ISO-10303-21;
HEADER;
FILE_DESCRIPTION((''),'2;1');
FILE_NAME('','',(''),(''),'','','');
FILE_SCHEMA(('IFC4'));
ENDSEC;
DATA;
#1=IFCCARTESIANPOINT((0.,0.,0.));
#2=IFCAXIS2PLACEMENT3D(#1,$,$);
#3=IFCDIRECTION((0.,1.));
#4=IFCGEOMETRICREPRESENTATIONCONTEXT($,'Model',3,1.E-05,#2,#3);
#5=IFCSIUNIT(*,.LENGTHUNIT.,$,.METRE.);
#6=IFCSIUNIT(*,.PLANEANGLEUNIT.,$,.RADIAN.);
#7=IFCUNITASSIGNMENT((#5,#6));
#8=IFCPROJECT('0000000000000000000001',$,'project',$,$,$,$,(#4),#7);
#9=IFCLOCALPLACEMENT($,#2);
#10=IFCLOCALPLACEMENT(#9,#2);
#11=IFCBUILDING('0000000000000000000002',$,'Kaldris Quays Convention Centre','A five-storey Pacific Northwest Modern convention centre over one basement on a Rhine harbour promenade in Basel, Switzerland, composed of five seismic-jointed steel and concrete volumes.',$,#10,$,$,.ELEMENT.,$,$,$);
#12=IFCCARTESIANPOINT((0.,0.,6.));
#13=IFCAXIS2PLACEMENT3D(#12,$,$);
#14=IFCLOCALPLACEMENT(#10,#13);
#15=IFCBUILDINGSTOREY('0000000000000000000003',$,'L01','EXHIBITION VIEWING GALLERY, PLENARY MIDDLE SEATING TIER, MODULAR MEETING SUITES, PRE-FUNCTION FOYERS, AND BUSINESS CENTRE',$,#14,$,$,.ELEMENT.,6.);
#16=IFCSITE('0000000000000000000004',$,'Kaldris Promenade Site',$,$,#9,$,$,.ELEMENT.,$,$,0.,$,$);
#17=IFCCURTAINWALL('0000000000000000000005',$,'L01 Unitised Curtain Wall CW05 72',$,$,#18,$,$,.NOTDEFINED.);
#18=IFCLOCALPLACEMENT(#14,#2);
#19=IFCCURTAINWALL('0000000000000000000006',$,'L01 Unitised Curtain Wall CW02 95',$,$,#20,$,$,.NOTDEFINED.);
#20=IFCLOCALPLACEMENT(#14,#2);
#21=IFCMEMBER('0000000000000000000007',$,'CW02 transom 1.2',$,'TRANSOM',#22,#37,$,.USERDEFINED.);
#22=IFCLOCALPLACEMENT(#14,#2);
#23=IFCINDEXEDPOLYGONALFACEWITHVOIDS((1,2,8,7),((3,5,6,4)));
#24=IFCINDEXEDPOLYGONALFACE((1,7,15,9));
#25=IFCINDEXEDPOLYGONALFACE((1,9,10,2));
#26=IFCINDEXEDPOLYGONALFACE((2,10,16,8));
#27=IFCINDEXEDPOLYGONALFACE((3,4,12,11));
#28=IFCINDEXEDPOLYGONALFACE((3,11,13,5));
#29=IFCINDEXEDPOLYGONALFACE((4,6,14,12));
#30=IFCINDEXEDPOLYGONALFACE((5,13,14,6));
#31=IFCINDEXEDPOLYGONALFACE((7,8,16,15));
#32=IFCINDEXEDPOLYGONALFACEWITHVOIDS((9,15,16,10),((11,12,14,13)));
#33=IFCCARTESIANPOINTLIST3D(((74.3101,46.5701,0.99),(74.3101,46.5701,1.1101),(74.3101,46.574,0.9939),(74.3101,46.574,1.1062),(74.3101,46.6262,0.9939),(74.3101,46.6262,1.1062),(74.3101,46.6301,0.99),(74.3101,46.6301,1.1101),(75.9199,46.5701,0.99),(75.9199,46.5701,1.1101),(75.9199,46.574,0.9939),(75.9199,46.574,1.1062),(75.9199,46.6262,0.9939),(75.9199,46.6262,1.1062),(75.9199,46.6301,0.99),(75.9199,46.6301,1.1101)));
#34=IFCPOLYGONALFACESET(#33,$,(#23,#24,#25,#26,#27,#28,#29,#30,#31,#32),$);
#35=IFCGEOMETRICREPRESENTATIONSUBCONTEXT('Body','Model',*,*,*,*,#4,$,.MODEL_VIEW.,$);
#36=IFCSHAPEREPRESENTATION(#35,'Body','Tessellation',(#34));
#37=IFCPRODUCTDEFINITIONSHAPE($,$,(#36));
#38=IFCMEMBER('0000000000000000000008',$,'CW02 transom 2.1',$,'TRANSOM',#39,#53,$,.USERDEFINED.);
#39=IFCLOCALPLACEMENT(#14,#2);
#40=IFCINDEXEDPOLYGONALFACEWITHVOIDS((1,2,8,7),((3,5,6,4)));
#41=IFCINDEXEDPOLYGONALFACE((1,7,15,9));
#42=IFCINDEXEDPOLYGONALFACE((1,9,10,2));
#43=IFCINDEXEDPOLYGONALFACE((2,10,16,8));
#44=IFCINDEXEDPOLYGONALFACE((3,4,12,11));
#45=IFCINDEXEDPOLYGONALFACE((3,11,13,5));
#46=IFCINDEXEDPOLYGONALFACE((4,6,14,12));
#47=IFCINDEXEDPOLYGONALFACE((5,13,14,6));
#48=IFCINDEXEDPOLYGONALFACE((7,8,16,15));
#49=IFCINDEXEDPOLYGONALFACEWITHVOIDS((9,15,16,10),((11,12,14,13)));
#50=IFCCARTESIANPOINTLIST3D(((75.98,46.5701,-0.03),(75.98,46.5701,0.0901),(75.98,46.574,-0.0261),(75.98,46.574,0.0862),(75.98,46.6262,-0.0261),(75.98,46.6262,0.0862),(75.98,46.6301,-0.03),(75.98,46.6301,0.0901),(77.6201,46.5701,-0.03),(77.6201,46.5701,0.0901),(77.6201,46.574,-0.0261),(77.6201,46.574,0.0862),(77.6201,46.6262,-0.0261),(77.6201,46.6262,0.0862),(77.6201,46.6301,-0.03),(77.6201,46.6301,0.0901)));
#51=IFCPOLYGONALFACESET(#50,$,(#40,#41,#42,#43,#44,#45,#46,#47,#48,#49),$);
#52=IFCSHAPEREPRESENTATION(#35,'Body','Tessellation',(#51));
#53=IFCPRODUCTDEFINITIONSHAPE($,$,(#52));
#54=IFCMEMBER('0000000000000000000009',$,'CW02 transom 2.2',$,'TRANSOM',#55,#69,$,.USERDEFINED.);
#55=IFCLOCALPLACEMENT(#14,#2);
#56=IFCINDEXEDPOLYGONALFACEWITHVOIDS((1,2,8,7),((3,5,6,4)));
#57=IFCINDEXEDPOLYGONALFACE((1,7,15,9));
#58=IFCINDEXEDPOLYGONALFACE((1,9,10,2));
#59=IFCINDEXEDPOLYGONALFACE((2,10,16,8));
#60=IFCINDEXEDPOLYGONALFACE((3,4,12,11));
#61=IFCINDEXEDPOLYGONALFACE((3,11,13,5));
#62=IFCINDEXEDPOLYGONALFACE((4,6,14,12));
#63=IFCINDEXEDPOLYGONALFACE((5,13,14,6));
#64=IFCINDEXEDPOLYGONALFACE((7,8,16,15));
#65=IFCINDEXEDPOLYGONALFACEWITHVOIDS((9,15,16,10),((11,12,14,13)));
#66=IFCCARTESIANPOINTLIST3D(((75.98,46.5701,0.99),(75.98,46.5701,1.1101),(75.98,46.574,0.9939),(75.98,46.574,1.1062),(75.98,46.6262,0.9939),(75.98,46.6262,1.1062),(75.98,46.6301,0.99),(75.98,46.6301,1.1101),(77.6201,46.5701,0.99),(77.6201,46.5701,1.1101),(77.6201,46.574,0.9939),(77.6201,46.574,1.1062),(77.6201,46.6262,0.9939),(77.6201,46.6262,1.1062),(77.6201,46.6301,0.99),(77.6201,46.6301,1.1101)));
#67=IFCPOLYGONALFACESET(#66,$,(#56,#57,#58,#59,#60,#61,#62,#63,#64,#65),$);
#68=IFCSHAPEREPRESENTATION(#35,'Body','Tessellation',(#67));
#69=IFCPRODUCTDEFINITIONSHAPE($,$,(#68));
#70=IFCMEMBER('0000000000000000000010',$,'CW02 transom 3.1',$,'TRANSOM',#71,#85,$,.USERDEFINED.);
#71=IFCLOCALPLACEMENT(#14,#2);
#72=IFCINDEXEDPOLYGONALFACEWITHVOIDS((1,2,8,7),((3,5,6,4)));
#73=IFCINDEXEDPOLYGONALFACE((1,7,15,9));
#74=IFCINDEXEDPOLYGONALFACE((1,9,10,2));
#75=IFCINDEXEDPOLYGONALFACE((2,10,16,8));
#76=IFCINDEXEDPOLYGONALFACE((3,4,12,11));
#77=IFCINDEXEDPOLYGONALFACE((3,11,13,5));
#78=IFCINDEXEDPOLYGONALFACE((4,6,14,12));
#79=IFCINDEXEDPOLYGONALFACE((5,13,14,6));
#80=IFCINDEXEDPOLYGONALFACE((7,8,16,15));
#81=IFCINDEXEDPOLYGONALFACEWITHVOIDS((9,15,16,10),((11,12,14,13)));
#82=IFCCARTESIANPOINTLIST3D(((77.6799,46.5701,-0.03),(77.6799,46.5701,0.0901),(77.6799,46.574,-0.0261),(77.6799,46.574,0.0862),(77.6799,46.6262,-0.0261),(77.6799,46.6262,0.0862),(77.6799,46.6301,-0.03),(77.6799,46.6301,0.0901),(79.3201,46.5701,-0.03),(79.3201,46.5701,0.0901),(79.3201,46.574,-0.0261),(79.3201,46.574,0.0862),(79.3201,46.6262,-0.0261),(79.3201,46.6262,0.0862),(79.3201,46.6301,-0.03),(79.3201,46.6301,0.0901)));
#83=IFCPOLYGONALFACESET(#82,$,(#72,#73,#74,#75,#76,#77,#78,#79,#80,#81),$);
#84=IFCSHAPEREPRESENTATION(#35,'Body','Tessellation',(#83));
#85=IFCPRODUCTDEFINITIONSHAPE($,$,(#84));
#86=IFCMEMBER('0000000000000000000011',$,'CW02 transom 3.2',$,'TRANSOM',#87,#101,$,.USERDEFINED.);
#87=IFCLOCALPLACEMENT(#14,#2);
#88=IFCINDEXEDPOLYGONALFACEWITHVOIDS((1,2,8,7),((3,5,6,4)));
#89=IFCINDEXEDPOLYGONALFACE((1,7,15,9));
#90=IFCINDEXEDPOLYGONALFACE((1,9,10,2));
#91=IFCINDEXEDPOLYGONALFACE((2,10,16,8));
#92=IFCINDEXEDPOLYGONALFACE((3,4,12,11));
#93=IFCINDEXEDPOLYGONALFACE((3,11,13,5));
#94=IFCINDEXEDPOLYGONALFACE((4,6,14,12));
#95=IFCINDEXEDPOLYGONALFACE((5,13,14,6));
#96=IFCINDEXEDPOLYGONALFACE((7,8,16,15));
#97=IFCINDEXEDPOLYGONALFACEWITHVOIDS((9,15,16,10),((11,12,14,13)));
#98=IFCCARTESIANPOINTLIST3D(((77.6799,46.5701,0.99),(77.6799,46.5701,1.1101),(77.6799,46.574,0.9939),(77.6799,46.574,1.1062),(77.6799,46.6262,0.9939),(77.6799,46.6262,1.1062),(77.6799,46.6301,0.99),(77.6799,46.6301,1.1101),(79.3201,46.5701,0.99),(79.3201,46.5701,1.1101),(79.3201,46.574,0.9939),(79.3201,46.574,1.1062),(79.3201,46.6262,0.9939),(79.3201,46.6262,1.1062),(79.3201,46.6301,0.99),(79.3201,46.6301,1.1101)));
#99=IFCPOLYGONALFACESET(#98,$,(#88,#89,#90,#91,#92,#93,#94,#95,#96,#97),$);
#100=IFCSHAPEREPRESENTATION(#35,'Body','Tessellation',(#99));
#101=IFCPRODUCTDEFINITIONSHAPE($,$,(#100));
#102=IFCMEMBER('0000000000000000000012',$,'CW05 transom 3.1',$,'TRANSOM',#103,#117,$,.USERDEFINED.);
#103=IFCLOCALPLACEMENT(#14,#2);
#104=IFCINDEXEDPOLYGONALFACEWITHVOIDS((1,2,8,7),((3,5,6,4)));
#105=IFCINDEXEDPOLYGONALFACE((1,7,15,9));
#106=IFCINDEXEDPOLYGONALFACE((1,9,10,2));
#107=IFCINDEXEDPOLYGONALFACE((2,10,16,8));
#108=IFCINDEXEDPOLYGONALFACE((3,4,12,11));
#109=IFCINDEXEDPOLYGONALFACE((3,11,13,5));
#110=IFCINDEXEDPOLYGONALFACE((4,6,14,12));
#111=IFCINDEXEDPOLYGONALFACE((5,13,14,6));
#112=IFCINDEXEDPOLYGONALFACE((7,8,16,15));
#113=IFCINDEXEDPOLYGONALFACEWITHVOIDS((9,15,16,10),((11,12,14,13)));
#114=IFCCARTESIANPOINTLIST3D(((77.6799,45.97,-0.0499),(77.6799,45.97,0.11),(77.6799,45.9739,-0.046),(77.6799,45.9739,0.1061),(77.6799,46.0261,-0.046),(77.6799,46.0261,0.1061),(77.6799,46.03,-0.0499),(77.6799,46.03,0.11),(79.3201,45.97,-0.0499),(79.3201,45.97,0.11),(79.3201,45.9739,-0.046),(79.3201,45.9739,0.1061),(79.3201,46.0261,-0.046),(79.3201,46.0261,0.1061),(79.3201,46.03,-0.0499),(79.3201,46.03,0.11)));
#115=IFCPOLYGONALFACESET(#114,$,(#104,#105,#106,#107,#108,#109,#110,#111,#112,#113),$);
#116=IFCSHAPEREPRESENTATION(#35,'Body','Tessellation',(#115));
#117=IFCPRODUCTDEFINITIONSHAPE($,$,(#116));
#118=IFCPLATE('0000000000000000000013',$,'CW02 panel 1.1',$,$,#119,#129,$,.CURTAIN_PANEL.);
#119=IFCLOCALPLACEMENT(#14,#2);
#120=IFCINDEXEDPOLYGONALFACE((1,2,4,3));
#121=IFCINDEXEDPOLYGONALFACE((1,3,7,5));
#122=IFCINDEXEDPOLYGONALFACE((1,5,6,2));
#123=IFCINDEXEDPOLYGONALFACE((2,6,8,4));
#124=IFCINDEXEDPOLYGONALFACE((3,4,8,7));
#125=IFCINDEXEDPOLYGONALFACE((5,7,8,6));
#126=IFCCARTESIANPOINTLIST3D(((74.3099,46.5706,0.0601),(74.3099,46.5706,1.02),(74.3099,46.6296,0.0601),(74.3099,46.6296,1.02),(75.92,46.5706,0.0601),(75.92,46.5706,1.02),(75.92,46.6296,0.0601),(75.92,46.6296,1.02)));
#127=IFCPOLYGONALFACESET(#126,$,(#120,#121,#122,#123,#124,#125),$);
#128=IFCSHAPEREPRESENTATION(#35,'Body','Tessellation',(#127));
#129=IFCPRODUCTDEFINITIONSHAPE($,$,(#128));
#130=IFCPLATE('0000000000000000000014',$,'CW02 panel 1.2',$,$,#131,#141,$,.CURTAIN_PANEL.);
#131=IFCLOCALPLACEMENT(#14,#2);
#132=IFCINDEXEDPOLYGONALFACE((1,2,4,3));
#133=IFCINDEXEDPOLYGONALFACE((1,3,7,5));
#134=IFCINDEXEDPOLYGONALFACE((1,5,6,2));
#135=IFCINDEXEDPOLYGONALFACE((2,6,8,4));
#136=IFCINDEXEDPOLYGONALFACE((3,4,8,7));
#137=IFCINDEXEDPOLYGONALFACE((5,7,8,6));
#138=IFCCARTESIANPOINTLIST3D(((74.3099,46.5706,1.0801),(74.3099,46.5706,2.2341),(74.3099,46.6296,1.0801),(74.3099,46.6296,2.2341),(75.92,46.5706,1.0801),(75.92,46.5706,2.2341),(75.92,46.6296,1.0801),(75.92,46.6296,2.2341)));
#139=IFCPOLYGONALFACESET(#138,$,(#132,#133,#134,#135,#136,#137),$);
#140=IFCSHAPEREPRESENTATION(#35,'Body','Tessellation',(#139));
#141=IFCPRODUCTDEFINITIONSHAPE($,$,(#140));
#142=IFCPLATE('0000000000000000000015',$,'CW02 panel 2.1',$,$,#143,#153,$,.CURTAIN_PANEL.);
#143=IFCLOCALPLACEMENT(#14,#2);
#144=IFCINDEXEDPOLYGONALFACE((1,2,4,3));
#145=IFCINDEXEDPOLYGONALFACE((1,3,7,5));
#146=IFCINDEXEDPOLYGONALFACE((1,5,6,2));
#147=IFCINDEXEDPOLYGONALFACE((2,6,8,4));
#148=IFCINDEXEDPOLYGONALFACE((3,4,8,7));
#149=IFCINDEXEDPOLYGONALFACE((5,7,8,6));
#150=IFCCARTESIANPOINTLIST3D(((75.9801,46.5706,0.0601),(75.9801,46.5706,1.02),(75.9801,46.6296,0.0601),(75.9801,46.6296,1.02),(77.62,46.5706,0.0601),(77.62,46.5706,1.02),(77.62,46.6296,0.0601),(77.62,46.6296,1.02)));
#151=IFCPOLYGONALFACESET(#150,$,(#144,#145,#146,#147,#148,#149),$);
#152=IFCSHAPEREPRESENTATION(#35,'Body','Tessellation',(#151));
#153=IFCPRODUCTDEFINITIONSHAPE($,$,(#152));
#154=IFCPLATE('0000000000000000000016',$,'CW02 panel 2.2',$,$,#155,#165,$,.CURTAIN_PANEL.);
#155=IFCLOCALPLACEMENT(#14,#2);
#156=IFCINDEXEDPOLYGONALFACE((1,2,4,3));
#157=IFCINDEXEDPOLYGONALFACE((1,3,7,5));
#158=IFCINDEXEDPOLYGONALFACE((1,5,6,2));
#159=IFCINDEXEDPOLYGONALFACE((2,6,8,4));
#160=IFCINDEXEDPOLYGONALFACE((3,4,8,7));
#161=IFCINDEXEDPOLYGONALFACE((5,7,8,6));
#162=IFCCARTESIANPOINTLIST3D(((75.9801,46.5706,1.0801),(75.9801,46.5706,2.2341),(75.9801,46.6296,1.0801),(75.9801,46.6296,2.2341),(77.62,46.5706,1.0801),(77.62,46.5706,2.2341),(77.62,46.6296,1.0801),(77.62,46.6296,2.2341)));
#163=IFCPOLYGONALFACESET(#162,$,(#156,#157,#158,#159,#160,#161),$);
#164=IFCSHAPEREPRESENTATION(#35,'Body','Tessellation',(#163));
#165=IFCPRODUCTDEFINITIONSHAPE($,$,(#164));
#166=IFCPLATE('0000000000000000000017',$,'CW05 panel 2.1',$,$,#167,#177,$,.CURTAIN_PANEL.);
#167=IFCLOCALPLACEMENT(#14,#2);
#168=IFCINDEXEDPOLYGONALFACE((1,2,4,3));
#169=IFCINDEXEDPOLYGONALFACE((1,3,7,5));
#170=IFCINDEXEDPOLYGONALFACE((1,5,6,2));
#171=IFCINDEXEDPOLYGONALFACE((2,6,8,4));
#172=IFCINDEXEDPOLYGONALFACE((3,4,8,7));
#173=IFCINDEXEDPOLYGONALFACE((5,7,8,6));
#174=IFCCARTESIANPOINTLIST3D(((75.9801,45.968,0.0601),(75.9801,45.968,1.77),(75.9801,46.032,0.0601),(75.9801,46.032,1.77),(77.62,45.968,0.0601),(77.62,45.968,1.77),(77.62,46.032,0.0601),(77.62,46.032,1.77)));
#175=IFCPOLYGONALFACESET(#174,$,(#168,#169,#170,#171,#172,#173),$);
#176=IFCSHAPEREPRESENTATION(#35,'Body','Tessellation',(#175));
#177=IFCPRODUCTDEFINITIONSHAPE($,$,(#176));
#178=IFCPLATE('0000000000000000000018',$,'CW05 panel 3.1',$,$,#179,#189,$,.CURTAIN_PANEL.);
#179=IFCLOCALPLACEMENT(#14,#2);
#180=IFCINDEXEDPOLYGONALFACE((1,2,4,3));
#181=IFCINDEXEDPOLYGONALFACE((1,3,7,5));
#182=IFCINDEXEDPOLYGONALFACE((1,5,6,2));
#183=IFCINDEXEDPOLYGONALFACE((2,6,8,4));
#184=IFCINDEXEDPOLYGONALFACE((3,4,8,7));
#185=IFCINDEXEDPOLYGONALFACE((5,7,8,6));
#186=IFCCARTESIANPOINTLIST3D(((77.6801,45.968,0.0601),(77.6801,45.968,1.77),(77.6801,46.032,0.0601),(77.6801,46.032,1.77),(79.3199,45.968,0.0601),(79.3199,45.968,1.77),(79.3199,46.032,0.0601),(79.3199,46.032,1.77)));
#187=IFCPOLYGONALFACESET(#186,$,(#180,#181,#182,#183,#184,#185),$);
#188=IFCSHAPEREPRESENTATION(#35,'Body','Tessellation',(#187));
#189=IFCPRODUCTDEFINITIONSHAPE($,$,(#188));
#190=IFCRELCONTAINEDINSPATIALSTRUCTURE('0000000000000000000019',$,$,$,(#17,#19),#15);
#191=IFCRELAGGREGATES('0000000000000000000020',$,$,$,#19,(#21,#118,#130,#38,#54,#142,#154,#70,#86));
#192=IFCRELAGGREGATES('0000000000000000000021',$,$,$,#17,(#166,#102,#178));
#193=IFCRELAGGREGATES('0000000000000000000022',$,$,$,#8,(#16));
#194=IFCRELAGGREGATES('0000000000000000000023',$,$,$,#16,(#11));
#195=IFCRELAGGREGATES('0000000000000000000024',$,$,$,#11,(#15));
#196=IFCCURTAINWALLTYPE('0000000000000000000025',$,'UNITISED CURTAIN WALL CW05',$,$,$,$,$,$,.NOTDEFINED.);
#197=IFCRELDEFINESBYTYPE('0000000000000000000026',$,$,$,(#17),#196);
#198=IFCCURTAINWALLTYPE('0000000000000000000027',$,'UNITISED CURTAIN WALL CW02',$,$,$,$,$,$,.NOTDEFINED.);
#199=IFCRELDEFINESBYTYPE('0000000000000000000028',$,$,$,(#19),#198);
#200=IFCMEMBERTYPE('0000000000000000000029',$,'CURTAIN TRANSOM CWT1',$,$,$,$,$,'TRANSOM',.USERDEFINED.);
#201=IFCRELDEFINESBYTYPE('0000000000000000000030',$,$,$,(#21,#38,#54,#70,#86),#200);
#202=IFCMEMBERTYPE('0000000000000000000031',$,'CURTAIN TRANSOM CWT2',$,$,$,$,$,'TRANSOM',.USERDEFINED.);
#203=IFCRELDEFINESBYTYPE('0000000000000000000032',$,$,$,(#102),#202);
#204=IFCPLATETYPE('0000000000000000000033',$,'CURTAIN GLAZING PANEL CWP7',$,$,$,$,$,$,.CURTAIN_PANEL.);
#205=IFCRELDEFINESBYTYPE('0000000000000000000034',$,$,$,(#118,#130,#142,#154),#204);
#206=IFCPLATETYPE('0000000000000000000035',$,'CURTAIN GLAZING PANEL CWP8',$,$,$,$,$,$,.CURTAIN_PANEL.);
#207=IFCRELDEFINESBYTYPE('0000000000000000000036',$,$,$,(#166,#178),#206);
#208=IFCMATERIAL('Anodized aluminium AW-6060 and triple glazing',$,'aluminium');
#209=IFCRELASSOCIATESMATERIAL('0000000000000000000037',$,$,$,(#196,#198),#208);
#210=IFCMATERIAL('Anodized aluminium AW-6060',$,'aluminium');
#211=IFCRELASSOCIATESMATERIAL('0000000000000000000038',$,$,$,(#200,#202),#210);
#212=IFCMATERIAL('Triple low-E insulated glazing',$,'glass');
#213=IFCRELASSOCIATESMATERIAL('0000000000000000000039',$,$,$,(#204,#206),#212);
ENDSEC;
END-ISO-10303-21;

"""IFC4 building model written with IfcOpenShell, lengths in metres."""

from ifc_helpers import new_model, si_unit, direction, frame, origin, origin_2d, place, context, subcontext, project, spatial, rectangle, hollow_rectangle, extrude, material, material_profile, profile_set, type_object, element, aggregate, save


model = new_model("IFC4")

# Units and contexts
model_context = context("Model", 3, precision=1e-05, world=origin(), true_north=direction((0.0, 1.0)))
body_context = subcontext(model_context, "Body", "Model", "MODEL_VIEW")
ifc_project = project(units=[si_unit("LENGTHUNIT", "METRE"), si_unit("PLANEANGLEUNIT", "RADIAN")], contexts=[model_context])

# Site, building, storey
site_placement = place(None, origin())
site = spatial("IfcSite", under=ifc_project, at=site_placement, Name="Kaldris Promenade Site", CompositionType="ELEMENT", RefElevation=0.0)
building_placement = place(site_placement, origin())
building = spatial("IfcBuilding", under=site, at=building_placement, Name="Kaldris Quays Convention Centre", Description="A five-storey Pacific Northwest Modern convention centre over one basement on a Rhine harbour promenade in Basel, Switzerland, composed of five seismic-jointed steel and concrete volumes.", CompositionType="ELEMENT")
storey_placement = place(building_placement, frame((0.0, 0.0, 6.0)))
storey = spatial("IfcBuildingStorey", under=building, at=storey_placement, Name="L01", Description="EXHIBITION VIEWING GALLERY, PLENARY MIDDLE SEATING TIER, MODULAR MEETING SUITES, PRE-FUNCTION FOYERS, AND BUSINESS CENTRE", CompositionType="ELEMENT", Elevation=6.0)

# Curtain wall
ifc_material_1 = material(Name="Anodized aluminium AW-6060 and triple glazing", Category="aluminium")
curtain_wall_type_1 = type_object("IfcCurtainWallType", Name="UNITISED CURTAIN WALL CW05", PredefinedType="NOTDEFINED", material=ifc_material_1)
curtain_wall_1_placement = place(storey_placement, origin())
curtain_wall_1 = element("IfcCurtainWall", 1, at=curtain_wall_1_placement, inside=storey, type_object=curtain_wall_type_1, Name="L01 Unitised Curtain Wall CW05 72", PredefinedType="NOTDEFINED")
ifc_material_2 = material(Name="Anodized aluminium AW-6060", Category="aluminium")

# Curtain wall, members
curtain_wall_type_2 = type_object("IfcCurtainWallType", Name="UNITISED CURTAIN WALL CW02", PredefinedType="NOTDEFINED", material=ifc_material_1)
curtain_wall_2_placement = place(storey_placement, origin())
curtain_wall_2 = element("IfcCurtainWall", 2, at=curtain_wall_2_placement, inside=storey, type_object=curtain_wall_type_2, Name="L01 Unitised Curtain Wall CW02 95", PredefinedType="NOTDEFINED")
ifc_material_profile_1 = material_profile(ifc_material_2, hollow_rectangle(XDim=0.0601, YDim=0.1201, WallThickness=0.0039, at=origin_2d()), Name="RHS 120x60x4")
ifc_profile_set_1 = profile_set([ifc_material_profile_1], Name="Anodized aluminium AW-6060")
member_type_1 = type_object("IfcMemberType", Name="CURTAIN TRANSOM CWT1", ElementType="TRANSOM", PredefinedType="USERDEFINED", material=ifc_profile_set_1)
member_1_placement = place(storey_placement, frame((74.3101, 46.6001, 1.05), z_axis=(1.0, 0.0, 0.0), x_axis=(0.0, 1.0, 0.0)))
member_1 = element("IfcMember", 3, at=member_1_placement, type_object=member_type_1, Name="CW02 transom 1.2", ObjectType="TRANSOM", PredefinedType="USERDEFINED", context=body_context, shape_type="SweptSolid", body=[
    extrude(hollow_rectangle(XDim=0.0601, YDim=0.1201, WallThickness=0.0039, at=origin_2d()), origin(), (0.0, 0.0, 1.0), 1.6099),
])
member_2_placement = place(storey_placement, frame((75.98, 46.6001, 0.03), z_axis=(1.0, 0.0, 0.0), x_axis=(0.0, 1.0, 0.0)))
member_2 = element("IfcMember", 4, at=member_2_placement, type_object=member_type_1, Name="CW02 transom 2.1", ObjectType="TRANSOM", PredefinedType="USERDEFINED", context=body_context, shape_type="SweptSolid", body=[
    extrude(hollow_rectangle(XDim=0.0601, YDim=0.1201, WallThickness=0.0039, at=origin_2d()), origin(), (0.0, 0.0, 1.0), 1.6401),
])
member_3_placement = place(storey_placement, frame((75.98, 46.6001, 1.05), z_axis=(1.0, 0.0, 0.0), x_axis=(0.0, 1.0, 0.0)))
member_3 = element("IfcMember", 5, at=member_3_placement, type_object=member_type_1, Name="CW02 transom 2.2", ObjectType="TRANSOM", PredefinedType="USERDEFINED", context=body_context, shape_type="SweptSolid", body=[
    extrude(hollow_rectangle(XDim=0.0601, YDim=0.1201, WallThickness=0.0039, at=origin_2d()), origin(), (0.0, 0.0, 1.0), 1.6401),
])
member_4_placement = place(storey_placement, frame((77.6799, 46.6001, 0.03), z_axis=(1.0, 0.0, 0.0), x_axis=(0.0, 1.0, 0.0)))
member_4 = element("IfcMember", 6, at=member_4_placement, type_object=member_type_1, Name="CW02 transom 3.1", ObjectType="TRANSOM", PredefinedType="USERDEFINED", context=body_context, shape_type="SweptSolid", body=[
    extrude(hollow_rectangle(XDim=0.0601, YDim=0.1201, WallThickness=0.0039, at=origin_2d()), origin(), (0.0, 0.0, 1.0), 1.6401),
])
member_5_placement = place(storey_placement, frame((77.6799, 46.6001, 1.05), z_axis=(1.0, 0.0, 0.0), x_axis=(0.0, 1.0, 0.0)))
member_5 = element("IfcMember", 7, at=member_5_placement, type_object=member_type_1, Name="CW02 transom 3.2", ObjectType="TRANSOM", PredefinedType="USERDEFINED", context=body_context, shape_type="SweptSolid", body=[
    extrude(hollow_rectangle(XDim=0.0601, YDim=0.1201, WallThickness=0.0039, at=origin_2d()), origin(), (0.0, 0.0, 1.0), 1.6401),
])

# Member
ifc_material_profile_2 = material_profile(ifc_material_2, hollow_rectangle(XDim=0.0601, YDim=0.1599, WallThickness=0.0039, at=origin_2d()), Name="RHS 160x60x4")
ifc_profile_set_2 = profile_set([ifc_material_profile_2], Name="Anodized aluminium AW-6060")
member_type_2 = type_object("IfcMemberType", Name="CURTAIN TRANSOM CWT2", ElementType="TRANSOM", PredefinedType="USERDEFINED", material=ifc_profile_set_2)
member_6_placement = place(storey_placement, frame((77.6799, 46.0, 0.03), z_axis=(1.0, 0.0, 0.0), x_axis=(0.0, 1.0, 0.0)))
member_6 = element("IfcMember", 8, at=member_6_placement, type_object=member_type_2, Name="CW05 transom 3.1", ObjectType="TRANSOM", PredefinedType="USERDEFINED", context=body_context, shape_type="SweptSolid", body=[
    extrude(hollow_rectangle(XDim=0.0601, YDim=0.1599, WallThickness=0.0039, at=origin_2d()), origin(), (0.0, 0.0, 1.0), 1.6401),
])

# Plates
ifc_material_3 = material(Name="Triple low-E insulated glazing", Category="glass")
plate_type_1 = type_object("IfcPlateType", Name="CURTAIN GLAZING PANEL CWP7", PredefinedType="CURTAIN_PANEL", material=ifc_material_3)
plate_1_placement = place(storey_placement, frame((75.115, 46.6001, 0.0601), z_axis=(0.0, 0.0, 1.0), x_axis=(1.0, 0.0, 0.0)))
plate_1 = element("IfcPlate", 9, at=plate_1_placement, type_object=plate_type_1, Name="CW02 panel 1.1", PredefinedType="CURTAIN_PANEL", context=body_context, shape_type="SweptSolid", body=[
    extrude(rectangle(XDim=1.6101, YDim=0.0591, at=origin_2d()), origin(), (0.0, 0.0, 1.0), 0.96),
])
plate_2_placement = place(storey_placement, frame((75.115, 46.6001, 1.0801), z_axis=(0.0, 0.0, 1.0), x_axis=(1.0, 0.0, 0.0)))
plate_2 = element("IfcPlate", 10, at=plate_2_placement, type_object=plate_type_1, Name="CW02 panel 1.2", PredefinedType="CURTAIN_PANEL", context=body_context, shape_type="SweptSolid", body=[
    extrude(rectangle(XDim=1.6101, YDim=0.0591, at=origin_2d()), origin(), (0.0, 0.0, 1.0), 1.1541),
])
plate_3_placement = place(storey_placement, frame((76.8, 46.6001, 0.0601), z_axis=(0.0, 0.0, 1.0), x_axis=(1.0, 0.0, 0.0)))
plate_3 = element("IfcPlate", 11, at=plate_3_placement, type_object=plate_type_1, Name="CW02 panel 2.1", PredefinedType="CURTAIN_PANEL", context=body_context, shape_type="SweptSolid", body=[
    extrude(rectangle(XDim=1.6399, YDim=0.0591, at=origin_2d()), origin(), (0.0, 0.0, 1.0), 0.96),
])
plate_4_placement = place(storey_placement, frame((76.8, 46.6001, 1.0801), z_axis=(0.0, 0.0, 1.0), x_axis=(1.0, 0.0, 0.0)))
plate_4 = element("IfcPlate", 12, at=plate_4_placement, type_object=plate_type_1, Name="CW02 panel 2.2", PredefinedType="CURTAIN_PANEL", context=body_context, shape_type="SweptSolid", body=[
    extrude(rectangle(XDim=1.6399, YDim=0.0591, at=origin_2d()), origin(), (0.0, 0.0, 1.0), 1.1541),
])
aggregate(curtain_wall_2, [member_1, plate_1, plate_2, member_2, member_3, plate_3, plate_4, member_4, member_5])
plate_type_2 = type_object("IfcPlateType", Name="CURTAIN GLAZING PANEL CWP8", PredefinedType="CURTAIN_PANEL", material=ifc_material_3)
plate_5_placement = place(storey_placement, frame((76.8, 46.0, 0.0601), z_axis=(0.0, 0.0, 1.0), x_axis=(1.0, 0.0, 0.0)))
plate_5 = element("IfcPlate", 13, at=plate_5_placement, type_object=plate_type_2, Name="CW05 panel 2.1", PredefinedType="CURTAIN_PANEL", context=body_context, shape_type="SweptSolid", body=[
    extrude(rectangle(XDim=1.6399, YDim=0.064, at=origin_2d()), origin(), (0.0, 0.0, 1.0), 1.71),
])
plate_6_placement = place(storey_placement, frame((78.5, 46.0, 0.0601), z_axis=(0.0, 0.0, 1.0), x_axis=(1.0, 0.0, 0.0)))
plate_6 = element("IfcPlate", 14, at=plate_6_placement, type_object=plate_type_2, Name="CW05 panel 3.1", PredefinedType="CURTAIN_PANEL", context=body_context, shape_type="SweptSolid", body=[
    extrude(rectangle(XDim=1.6399, YDim=0.064, at=origin_2d()), origin(), (0.0, 0.0, 1.0), 1.71),
])
aggregate(curtain_wall_1, [plate_5, member_6, plate_6])

save(model, "model.ifc")
